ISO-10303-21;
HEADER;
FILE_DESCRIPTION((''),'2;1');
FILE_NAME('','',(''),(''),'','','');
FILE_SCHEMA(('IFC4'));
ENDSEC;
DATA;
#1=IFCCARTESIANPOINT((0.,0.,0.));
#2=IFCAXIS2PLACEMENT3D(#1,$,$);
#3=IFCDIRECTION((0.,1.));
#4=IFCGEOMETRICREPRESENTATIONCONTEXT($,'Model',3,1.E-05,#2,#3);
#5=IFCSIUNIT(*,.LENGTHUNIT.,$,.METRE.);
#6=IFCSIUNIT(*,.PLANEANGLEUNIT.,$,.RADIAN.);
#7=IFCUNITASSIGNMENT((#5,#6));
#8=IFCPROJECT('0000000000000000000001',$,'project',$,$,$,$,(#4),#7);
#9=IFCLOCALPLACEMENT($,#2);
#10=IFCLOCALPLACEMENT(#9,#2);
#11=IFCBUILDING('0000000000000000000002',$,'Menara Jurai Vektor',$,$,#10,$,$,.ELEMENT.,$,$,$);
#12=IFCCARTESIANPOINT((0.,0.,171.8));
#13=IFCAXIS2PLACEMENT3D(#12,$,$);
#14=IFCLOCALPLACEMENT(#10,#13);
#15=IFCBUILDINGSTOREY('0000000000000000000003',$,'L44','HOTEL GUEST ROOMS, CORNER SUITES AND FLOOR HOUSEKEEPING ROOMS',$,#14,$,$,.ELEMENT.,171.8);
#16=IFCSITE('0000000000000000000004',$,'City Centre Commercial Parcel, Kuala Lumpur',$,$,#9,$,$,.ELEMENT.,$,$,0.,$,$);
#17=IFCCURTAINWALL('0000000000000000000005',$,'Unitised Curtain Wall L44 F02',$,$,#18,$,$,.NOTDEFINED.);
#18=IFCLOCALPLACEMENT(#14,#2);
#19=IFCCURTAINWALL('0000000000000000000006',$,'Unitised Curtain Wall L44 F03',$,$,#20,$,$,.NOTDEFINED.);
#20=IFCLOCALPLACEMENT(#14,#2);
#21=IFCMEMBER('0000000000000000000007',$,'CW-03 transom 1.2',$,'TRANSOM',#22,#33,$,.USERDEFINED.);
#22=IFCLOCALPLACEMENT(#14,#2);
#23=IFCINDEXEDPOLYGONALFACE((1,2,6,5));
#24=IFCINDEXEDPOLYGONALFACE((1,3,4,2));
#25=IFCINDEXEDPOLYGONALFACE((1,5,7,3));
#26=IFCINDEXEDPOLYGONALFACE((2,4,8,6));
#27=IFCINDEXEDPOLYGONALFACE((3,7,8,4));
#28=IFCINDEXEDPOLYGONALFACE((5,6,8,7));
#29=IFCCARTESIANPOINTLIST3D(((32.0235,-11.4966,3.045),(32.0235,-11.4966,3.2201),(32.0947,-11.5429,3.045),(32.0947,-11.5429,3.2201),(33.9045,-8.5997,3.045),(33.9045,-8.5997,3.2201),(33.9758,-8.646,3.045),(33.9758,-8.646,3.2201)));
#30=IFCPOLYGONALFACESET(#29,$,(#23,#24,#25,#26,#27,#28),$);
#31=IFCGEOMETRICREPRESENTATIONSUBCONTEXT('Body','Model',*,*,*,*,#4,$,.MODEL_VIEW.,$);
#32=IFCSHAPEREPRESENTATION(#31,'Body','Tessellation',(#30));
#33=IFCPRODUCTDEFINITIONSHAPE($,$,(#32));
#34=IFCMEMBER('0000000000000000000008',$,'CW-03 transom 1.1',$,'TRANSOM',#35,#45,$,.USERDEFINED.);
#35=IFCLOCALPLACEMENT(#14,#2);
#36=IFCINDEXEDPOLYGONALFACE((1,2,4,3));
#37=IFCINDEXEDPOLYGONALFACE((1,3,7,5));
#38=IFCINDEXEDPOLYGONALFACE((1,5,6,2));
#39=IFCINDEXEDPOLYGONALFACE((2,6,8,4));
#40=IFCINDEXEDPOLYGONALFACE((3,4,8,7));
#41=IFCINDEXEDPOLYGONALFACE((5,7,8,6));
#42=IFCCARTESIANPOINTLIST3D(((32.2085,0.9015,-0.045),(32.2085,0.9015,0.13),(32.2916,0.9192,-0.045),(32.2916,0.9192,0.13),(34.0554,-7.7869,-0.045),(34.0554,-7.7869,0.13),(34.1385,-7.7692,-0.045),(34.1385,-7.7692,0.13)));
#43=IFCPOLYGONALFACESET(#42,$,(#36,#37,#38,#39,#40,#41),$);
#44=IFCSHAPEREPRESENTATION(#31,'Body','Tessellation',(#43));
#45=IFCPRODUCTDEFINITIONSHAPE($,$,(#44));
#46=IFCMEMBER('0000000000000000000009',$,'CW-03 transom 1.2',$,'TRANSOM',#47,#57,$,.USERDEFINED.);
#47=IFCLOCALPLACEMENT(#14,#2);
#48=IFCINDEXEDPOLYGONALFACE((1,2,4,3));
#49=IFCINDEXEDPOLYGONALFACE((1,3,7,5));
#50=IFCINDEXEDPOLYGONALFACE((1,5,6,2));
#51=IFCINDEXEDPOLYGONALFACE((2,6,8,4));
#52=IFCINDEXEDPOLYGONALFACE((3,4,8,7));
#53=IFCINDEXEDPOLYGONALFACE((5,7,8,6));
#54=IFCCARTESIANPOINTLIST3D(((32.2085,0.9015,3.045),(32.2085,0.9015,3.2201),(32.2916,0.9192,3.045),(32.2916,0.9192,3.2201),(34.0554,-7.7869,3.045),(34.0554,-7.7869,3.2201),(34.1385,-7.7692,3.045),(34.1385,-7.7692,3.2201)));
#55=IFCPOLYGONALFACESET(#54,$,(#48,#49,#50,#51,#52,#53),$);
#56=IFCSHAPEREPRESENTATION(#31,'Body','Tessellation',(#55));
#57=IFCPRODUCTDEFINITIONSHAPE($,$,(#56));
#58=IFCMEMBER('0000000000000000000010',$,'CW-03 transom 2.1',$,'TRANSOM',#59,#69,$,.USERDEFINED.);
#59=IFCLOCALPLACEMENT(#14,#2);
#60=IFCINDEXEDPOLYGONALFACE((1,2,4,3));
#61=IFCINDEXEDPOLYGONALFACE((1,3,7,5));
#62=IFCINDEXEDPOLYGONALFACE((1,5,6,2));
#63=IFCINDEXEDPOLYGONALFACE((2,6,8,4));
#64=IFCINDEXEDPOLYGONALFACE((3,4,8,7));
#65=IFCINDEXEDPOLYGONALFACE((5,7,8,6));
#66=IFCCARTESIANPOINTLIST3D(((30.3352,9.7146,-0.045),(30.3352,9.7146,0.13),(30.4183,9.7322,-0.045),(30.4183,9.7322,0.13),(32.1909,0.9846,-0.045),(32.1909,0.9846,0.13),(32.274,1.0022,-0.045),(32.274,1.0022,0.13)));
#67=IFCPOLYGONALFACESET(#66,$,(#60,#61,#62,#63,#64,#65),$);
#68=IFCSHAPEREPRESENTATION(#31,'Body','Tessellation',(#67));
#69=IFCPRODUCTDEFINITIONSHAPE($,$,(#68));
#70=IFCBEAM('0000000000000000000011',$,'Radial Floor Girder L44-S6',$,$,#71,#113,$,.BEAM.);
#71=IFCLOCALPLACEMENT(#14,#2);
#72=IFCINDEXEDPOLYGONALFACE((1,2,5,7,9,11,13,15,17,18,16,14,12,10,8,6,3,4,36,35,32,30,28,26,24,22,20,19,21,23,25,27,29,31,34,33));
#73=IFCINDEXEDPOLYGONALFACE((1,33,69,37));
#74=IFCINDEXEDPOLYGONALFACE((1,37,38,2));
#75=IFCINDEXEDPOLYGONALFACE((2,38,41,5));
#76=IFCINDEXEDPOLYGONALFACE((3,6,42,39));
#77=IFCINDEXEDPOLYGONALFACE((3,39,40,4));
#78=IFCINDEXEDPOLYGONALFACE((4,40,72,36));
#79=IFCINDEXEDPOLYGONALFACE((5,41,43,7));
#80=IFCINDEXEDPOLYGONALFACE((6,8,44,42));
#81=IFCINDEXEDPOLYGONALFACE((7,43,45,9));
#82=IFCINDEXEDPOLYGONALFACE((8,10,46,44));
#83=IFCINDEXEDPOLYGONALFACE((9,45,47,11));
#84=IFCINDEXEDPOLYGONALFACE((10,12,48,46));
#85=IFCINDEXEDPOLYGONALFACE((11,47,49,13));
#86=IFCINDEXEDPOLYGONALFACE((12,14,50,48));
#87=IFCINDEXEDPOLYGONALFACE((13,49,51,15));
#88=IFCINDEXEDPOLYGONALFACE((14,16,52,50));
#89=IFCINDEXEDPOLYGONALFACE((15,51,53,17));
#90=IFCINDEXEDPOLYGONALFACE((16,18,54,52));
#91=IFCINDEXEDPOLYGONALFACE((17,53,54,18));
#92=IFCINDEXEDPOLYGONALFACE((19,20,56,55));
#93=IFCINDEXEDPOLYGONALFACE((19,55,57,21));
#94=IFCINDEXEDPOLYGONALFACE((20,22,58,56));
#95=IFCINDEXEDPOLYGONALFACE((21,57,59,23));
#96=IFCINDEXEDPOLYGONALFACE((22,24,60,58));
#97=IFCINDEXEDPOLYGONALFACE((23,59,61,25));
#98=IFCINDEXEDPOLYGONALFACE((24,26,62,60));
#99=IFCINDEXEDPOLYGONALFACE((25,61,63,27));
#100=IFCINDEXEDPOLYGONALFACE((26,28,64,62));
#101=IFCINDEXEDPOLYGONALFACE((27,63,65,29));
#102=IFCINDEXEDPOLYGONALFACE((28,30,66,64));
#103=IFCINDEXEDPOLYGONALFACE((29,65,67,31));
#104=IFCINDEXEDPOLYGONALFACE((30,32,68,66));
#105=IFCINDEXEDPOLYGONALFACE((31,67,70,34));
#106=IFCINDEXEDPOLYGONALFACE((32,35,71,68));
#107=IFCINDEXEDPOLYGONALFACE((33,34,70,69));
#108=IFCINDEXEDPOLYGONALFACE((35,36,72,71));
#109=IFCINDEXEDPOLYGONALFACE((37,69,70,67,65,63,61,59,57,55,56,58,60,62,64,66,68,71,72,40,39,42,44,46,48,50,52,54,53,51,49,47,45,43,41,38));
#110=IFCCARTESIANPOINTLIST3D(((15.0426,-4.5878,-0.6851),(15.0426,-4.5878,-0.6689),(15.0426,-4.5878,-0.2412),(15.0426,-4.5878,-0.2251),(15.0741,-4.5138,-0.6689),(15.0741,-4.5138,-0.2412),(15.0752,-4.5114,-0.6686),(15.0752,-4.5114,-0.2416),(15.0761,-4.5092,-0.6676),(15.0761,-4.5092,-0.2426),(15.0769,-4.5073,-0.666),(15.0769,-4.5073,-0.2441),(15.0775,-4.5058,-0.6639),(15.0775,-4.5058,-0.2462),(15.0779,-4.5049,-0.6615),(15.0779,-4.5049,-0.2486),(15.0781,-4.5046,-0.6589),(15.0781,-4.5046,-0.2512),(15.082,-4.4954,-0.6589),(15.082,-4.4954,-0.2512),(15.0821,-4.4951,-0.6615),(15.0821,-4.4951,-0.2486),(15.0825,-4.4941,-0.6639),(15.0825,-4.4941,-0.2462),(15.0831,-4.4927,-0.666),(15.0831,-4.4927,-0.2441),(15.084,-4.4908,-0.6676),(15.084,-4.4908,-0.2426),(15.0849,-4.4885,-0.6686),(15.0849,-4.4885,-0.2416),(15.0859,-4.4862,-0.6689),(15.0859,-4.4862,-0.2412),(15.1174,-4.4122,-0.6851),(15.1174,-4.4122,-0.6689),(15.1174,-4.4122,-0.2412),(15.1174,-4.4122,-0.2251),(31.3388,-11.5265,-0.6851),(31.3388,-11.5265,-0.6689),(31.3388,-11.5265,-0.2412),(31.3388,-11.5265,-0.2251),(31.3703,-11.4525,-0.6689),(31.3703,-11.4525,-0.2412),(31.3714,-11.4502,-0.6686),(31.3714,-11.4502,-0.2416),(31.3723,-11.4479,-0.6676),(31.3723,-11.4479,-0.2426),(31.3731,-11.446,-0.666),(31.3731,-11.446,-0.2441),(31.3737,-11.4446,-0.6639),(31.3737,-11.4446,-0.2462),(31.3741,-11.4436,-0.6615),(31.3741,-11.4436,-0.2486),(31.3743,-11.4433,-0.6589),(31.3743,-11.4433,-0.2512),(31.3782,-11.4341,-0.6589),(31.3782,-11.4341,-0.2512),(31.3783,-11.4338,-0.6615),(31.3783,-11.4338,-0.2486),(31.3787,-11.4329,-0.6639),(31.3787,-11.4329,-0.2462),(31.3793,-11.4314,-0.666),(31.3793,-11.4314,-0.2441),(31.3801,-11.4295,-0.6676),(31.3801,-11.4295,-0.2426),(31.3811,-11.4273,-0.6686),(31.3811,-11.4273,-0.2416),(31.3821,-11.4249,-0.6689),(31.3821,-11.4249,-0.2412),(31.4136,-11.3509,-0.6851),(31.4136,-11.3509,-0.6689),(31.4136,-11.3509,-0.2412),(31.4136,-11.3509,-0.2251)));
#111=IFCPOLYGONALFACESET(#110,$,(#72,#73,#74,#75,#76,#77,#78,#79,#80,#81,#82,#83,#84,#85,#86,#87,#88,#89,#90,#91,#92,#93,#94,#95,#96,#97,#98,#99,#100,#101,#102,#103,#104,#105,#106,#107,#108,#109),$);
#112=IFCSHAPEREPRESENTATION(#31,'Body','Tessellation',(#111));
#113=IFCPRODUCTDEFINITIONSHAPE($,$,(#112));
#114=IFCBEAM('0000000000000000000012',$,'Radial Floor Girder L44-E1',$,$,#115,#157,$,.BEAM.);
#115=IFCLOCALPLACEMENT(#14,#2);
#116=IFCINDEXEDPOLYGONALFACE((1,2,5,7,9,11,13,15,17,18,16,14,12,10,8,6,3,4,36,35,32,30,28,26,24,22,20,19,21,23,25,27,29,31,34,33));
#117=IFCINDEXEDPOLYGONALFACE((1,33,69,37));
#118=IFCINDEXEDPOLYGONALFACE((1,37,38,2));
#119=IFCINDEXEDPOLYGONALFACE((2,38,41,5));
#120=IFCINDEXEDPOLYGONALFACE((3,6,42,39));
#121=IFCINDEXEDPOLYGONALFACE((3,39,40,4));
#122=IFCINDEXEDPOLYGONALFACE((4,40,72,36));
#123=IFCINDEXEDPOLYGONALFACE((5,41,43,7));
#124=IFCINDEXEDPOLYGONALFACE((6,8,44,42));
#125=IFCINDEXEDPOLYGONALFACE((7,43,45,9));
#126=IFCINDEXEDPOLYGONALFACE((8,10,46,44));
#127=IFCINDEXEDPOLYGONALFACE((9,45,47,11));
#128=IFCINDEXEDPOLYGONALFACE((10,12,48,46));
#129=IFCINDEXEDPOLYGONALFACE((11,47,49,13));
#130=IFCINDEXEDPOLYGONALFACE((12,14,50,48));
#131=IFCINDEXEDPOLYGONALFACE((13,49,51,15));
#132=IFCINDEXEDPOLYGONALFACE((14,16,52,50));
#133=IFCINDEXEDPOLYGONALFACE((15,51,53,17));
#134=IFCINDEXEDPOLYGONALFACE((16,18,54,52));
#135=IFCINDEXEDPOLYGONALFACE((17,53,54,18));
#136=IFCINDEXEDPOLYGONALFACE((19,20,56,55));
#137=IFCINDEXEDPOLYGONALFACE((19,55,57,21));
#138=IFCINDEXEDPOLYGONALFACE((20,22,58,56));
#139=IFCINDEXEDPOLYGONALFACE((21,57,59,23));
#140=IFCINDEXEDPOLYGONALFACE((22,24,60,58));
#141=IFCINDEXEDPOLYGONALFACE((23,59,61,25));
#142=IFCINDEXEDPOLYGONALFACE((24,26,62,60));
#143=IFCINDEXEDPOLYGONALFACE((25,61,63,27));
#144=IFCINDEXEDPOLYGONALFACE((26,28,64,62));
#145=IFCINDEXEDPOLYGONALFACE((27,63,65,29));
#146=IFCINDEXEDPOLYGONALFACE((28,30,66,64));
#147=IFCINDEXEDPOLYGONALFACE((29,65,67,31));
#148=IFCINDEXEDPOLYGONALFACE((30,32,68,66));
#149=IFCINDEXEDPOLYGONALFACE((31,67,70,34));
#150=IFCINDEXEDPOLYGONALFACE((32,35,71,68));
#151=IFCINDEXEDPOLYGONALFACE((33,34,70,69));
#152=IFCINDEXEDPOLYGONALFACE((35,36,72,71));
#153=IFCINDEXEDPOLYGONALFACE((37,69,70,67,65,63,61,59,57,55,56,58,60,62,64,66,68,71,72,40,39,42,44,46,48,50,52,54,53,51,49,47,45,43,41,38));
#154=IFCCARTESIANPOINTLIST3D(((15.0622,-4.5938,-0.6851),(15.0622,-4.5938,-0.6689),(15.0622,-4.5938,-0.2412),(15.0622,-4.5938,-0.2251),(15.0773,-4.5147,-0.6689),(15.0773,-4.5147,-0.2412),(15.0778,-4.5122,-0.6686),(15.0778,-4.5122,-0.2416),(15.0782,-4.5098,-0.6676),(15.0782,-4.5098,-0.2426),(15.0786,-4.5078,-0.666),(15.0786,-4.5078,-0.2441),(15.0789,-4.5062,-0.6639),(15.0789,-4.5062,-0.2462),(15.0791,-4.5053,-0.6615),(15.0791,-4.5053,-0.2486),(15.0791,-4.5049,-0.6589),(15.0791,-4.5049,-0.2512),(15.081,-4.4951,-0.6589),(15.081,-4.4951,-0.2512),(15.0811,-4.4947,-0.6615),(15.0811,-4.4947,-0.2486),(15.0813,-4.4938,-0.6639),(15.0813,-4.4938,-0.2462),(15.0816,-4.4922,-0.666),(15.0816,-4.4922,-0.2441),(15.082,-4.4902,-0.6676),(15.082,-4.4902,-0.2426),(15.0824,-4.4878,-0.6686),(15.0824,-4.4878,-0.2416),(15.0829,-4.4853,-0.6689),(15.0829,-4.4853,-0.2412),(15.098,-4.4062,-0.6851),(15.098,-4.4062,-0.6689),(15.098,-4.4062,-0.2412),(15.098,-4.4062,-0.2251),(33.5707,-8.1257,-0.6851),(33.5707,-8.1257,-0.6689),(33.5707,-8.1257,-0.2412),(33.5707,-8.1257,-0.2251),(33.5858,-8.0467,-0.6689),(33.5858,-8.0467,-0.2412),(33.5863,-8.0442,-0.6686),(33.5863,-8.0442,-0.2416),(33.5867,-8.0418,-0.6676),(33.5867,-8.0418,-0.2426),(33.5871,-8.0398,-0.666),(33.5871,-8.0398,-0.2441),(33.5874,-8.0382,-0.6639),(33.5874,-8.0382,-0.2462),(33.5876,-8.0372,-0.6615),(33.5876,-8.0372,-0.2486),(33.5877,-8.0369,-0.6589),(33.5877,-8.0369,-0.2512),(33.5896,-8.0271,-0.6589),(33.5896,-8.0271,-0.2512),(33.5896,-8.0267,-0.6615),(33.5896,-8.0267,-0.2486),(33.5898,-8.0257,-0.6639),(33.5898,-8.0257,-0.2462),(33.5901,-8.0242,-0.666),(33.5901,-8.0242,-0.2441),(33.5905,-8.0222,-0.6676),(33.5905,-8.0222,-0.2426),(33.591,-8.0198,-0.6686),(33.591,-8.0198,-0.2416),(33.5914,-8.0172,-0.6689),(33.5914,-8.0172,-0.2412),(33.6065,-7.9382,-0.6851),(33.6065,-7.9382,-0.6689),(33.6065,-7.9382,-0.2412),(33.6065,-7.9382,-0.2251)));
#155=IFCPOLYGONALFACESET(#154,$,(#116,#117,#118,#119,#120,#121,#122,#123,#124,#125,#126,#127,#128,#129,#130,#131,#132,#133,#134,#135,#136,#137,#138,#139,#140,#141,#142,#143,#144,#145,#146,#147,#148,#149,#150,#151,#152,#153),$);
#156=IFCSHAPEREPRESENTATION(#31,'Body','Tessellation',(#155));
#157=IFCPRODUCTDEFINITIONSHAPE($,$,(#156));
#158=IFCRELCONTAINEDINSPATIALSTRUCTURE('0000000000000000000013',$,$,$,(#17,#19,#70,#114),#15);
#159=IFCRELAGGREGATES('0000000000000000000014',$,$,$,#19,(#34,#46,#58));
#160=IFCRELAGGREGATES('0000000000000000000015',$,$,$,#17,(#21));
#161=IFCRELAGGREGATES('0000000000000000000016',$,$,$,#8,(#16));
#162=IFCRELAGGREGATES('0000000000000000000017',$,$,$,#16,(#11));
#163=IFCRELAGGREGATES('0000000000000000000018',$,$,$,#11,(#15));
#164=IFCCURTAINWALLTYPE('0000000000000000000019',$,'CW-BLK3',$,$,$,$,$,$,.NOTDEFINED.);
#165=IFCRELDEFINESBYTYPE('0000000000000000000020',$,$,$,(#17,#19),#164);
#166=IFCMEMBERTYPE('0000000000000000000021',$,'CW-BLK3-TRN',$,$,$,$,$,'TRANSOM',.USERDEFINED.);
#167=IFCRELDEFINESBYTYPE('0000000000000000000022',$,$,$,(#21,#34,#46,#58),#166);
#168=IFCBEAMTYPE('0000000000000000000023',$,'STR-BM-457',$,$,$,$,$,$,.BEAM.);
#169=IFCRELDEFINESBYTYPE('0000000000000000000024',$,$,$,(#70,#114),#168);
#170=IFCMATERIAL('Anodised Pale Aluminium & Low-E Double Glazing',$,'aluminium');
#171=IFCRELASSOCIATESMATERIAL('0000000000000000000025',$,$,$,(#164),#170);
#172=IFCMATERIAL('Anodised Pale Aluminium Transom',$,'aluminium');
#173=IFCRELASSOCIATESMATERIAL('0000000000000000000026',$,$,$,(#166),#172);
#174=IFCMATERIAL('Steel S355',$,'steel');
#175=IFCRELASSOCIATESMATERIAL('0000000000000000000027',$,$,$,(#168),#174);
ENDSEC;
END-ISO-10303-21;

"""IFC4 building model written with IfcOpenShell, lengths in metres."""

from ifc_helpers import new_model, si_unit, direction, frame, origin, origin_2d, place, context, subcontext, project, spatial, rectangle, i_section, extrude, material, material_profile, profile_set, type_object, element, aggregate, save


model = new_model("IFC4")

# Units and contexts
model_context = context("Model", 3, precision=1e-05, world=origin(), true_north=direction((0.0, 1.0)))
body_context = subcontext(model_context, "Body", "Model", "MODEL_VIEW")
ifc_project = project(units=[si_unit("LENGTHUNIT", "METRE"), si_unit("PLANEANGLEUNIT", "RADIAN")], contexts=[model_context])

# Site, building, storey
site_placement = place(None, origin())
site = spatial("IfcSite", under=ifc_project, at=site_placement, Name="City Centre Commercial Parcel, Kuala Lumpur", CompositionType="ELEMENT", RefElevation=0.0)
building_placement = place(site_placement, origin())
building = spatial("IfcBuilding", under=site, at=building_placement, Name="Menara Jurai Vektor", CompositionType="ELEMENT")
storey_placement = place(building_placement, frame((0.0, 0.0, 171.8)))
storey = spatial("IfcBuildingStorey", under=building, at=storey_placement, Name="L44", Description="HOTEL GUEST ROOMS, CORNER SUITES AND FLOOR HOUSEKEEPING ROOMS", CompositionType="ELEMENT", Elevation=171.8)

# Shared definitions
ifc_material_1 = material(Name="Anodised Pale Aluminium & Low-E Double Glazing", Category="aluminium")
curtain_wall_type = type_object("IfcCurtainWallType", Name="CW-BLK3", PredefinedType="NOTDEFINED", material=ifc_material_1)

# Curtain walls
curtain_wall_1_placement = place(storey_placement, origin())
curtain_wall_1 = element("IfcCurtainWall", 1, at=curtain_wall_1_placement, inside=storey, type_object=curtain_wall_type, Name="Unitised Curtain Wall L44 F02", PredefinedType="NOTDEFINED")
curtain_wall_2_placement = place(storey_placement, origin())
curtain_wall_2 = element("IfcCurtainWall", 2, at=curtain_wall_2_placement, inside=storey, type_object=curtain_wall_type, Name="Unitised Curtain Wall L44 F03", PredefinedType="NOTDEFINED")

# Members
ifc_material_2 = material(Name="Anodised Pale Aluminium Transom", Category="aluminium")
ifc_material_profile_1 = material_profile(ifc_material_2, rectangle(XDim=0.085, YDim=0.175, at=origin_2d()), Name="ALU TRN 85x175")
ifc_profile_set_1 = profile_set([ifc_material_profile_1], Name="Anodised Pale Aluminium Transom")
member_type_1 = type_object("IfcMemberType", Name="CW-BLK3-TRN", ElementType="TRANSOM", PredefinedType="USERDEFINED", material=ifc_profile_set_1)
member_1_placement = place(storey_placement, frame((32.0591, -11.5198, 3.1326), z_axis=(0.544596, 0.838699, 0.0), x_axis=(-0.838699, 0.544596, 0.0)))
member_1 = element("IfcMember", 3, at=member_1_placement, type_object=member_type_1, Name="CW-03 transom 1.2", ObjectType="TRANSOM", PredefinedType="USERDEFINED", context=body_context, shape_type="SweptSolid", body=[
    extrude(rectangle(XDim=0.085, YDim=0.175, at=origin_2d()), origin(), (0.0, 0.0, 1.0), 3.4541),
])
member_2_placement = place(storey_placement, frame((34.0969, -7.7781, 0.0425), z_axis=(-0.207926, 0.978145, 0.0), x_axis=(-0.978145, -0.207926, 0.0)))
member_2 = element("IfcMember", 4, at=member_2_placement, type_object=member_type_1, Name="CW-03 transom 1.1", ObjectType="TRANSOM", PredefinedType="USERDEFINED", context=body_context, shape_type="SweptSolid", body=[
    extrude(rectangle(XDim=0.085, YDim=0.175, at=origin_2d()), origin(), (0.0, 0.0, 1.0), 8.8826),
])
member_3_placement = place(storey_placement, frame((34.0969, -7.7781, 3.1326), z_axis=(-0.207926, 0.978145, 0.0), x_axis=(-0.978145, -0.207926, 0.0)))
member_3 = element("IfcMember", 5, at=member_3_placement, type_object=member_type_1, Name="CW-03 transom 1.2", ObjectType="TRANSOM", PredefinedType="USERDEFINED", context=body_context, shape_type="SweptSolid", body=[
    extrude(rectangle(XDim=0.085, YDim=0.175, at=origin_2d()), origin(), (0.0, 0.0, 1.0), 8.8826),
])
member_4_placement = place(storey_placement, frame((32.2324, 0.9934, 0.0425), z_axis=(-0.207922, 0.978145, 0.0), x_axis=(-0.978145, -0.207922, 0.0)))
member_4 = element("IfcMember", 6, at=member_4_placement, type_object=member_type_1, Name="CW-03 transom 2.1", ObjectType="TRANSOM", PredefinedType="USERDEFINED", context=body_context, shape_type="SweptSolid", body=[
    extrude(rectangle(XDim=0.085, YDim=0.175, at=origin_2d()), origin(), (0.0, 0.0, 1.0), 8.925),
])

# Beams
ifc_material_3 = material(Name="Steel S355", Category="steel")
ifc_material_profile_2 = material_profile(ifc_material_3, i_section(OverallWidth=0.1909, OverallDepth=0.46, WebThickness=0.01, FlangeThickness=0.0161, FilletRadius=0.01, at=origin_2d()), Name="UKB 457x191x82")
ifc_profile_set_2 = profile_set([ifc_material_profile_2], Name="Steel S355")
beam_type_1 = type_object("IfcBeamType", Name="STR-BM-457", PredefinedType="BEAM", material=ifc_profile_set_2)
beam_1_placement = place(storey_placement, frame((31.3762, -11.4387, -0.4551), z_axis=(-0.920069, 0.391756, 0.0), x_axis=(-0.391756, -0.920069, 0.0)))
element("IfcBeam", 7, at=beam_1_placement, inside=storey, type_object=beam_type_1, Name="Radial Floor Girder L44-S6", PredefinedType="BEAM", context=body_context, shape_type="SweptSolid", body=[
    extrude(i_section(OverallWidth=0.1909, OverallDepth=0.46, WebThickness=0.01, FlangeThickness=0.0161, FilletRadius=0.01, at=origin_2d()), origin(), (0.0, 0.0, 1.0), 17.7119),
])
beam_2_placement = place(storey_placement, frame((33.5886, -8.032, -0.4551), z_axis=(-0.982275, 0.187447, 0.0), x_axis=(-0.187447, -0.982275, 0.0)))
element("IfcBeam", 8, at=beam_2_placement, inside=storey, type_object=beam_type_1, Name="Radial Floor Girder L44-E1", PredefinedType="BEAM", context=body_context, shape_type="SweptSolid", body=[
    extrude(i_section(OverallWidth=0.1909, OverallDepth=0.46, WebThickness=0.01, FlangeThickness=0.0161, FilletRadius=0.01, at=origin_2d()), origin(), (0.0, 0.0, 1.0), 18.8425),
])

aggregate(curtain_wall_2, [member_2, member_3, member_4])
aggregate(curtain_wall_1, [member_1])

save(model, "model.ifc")
